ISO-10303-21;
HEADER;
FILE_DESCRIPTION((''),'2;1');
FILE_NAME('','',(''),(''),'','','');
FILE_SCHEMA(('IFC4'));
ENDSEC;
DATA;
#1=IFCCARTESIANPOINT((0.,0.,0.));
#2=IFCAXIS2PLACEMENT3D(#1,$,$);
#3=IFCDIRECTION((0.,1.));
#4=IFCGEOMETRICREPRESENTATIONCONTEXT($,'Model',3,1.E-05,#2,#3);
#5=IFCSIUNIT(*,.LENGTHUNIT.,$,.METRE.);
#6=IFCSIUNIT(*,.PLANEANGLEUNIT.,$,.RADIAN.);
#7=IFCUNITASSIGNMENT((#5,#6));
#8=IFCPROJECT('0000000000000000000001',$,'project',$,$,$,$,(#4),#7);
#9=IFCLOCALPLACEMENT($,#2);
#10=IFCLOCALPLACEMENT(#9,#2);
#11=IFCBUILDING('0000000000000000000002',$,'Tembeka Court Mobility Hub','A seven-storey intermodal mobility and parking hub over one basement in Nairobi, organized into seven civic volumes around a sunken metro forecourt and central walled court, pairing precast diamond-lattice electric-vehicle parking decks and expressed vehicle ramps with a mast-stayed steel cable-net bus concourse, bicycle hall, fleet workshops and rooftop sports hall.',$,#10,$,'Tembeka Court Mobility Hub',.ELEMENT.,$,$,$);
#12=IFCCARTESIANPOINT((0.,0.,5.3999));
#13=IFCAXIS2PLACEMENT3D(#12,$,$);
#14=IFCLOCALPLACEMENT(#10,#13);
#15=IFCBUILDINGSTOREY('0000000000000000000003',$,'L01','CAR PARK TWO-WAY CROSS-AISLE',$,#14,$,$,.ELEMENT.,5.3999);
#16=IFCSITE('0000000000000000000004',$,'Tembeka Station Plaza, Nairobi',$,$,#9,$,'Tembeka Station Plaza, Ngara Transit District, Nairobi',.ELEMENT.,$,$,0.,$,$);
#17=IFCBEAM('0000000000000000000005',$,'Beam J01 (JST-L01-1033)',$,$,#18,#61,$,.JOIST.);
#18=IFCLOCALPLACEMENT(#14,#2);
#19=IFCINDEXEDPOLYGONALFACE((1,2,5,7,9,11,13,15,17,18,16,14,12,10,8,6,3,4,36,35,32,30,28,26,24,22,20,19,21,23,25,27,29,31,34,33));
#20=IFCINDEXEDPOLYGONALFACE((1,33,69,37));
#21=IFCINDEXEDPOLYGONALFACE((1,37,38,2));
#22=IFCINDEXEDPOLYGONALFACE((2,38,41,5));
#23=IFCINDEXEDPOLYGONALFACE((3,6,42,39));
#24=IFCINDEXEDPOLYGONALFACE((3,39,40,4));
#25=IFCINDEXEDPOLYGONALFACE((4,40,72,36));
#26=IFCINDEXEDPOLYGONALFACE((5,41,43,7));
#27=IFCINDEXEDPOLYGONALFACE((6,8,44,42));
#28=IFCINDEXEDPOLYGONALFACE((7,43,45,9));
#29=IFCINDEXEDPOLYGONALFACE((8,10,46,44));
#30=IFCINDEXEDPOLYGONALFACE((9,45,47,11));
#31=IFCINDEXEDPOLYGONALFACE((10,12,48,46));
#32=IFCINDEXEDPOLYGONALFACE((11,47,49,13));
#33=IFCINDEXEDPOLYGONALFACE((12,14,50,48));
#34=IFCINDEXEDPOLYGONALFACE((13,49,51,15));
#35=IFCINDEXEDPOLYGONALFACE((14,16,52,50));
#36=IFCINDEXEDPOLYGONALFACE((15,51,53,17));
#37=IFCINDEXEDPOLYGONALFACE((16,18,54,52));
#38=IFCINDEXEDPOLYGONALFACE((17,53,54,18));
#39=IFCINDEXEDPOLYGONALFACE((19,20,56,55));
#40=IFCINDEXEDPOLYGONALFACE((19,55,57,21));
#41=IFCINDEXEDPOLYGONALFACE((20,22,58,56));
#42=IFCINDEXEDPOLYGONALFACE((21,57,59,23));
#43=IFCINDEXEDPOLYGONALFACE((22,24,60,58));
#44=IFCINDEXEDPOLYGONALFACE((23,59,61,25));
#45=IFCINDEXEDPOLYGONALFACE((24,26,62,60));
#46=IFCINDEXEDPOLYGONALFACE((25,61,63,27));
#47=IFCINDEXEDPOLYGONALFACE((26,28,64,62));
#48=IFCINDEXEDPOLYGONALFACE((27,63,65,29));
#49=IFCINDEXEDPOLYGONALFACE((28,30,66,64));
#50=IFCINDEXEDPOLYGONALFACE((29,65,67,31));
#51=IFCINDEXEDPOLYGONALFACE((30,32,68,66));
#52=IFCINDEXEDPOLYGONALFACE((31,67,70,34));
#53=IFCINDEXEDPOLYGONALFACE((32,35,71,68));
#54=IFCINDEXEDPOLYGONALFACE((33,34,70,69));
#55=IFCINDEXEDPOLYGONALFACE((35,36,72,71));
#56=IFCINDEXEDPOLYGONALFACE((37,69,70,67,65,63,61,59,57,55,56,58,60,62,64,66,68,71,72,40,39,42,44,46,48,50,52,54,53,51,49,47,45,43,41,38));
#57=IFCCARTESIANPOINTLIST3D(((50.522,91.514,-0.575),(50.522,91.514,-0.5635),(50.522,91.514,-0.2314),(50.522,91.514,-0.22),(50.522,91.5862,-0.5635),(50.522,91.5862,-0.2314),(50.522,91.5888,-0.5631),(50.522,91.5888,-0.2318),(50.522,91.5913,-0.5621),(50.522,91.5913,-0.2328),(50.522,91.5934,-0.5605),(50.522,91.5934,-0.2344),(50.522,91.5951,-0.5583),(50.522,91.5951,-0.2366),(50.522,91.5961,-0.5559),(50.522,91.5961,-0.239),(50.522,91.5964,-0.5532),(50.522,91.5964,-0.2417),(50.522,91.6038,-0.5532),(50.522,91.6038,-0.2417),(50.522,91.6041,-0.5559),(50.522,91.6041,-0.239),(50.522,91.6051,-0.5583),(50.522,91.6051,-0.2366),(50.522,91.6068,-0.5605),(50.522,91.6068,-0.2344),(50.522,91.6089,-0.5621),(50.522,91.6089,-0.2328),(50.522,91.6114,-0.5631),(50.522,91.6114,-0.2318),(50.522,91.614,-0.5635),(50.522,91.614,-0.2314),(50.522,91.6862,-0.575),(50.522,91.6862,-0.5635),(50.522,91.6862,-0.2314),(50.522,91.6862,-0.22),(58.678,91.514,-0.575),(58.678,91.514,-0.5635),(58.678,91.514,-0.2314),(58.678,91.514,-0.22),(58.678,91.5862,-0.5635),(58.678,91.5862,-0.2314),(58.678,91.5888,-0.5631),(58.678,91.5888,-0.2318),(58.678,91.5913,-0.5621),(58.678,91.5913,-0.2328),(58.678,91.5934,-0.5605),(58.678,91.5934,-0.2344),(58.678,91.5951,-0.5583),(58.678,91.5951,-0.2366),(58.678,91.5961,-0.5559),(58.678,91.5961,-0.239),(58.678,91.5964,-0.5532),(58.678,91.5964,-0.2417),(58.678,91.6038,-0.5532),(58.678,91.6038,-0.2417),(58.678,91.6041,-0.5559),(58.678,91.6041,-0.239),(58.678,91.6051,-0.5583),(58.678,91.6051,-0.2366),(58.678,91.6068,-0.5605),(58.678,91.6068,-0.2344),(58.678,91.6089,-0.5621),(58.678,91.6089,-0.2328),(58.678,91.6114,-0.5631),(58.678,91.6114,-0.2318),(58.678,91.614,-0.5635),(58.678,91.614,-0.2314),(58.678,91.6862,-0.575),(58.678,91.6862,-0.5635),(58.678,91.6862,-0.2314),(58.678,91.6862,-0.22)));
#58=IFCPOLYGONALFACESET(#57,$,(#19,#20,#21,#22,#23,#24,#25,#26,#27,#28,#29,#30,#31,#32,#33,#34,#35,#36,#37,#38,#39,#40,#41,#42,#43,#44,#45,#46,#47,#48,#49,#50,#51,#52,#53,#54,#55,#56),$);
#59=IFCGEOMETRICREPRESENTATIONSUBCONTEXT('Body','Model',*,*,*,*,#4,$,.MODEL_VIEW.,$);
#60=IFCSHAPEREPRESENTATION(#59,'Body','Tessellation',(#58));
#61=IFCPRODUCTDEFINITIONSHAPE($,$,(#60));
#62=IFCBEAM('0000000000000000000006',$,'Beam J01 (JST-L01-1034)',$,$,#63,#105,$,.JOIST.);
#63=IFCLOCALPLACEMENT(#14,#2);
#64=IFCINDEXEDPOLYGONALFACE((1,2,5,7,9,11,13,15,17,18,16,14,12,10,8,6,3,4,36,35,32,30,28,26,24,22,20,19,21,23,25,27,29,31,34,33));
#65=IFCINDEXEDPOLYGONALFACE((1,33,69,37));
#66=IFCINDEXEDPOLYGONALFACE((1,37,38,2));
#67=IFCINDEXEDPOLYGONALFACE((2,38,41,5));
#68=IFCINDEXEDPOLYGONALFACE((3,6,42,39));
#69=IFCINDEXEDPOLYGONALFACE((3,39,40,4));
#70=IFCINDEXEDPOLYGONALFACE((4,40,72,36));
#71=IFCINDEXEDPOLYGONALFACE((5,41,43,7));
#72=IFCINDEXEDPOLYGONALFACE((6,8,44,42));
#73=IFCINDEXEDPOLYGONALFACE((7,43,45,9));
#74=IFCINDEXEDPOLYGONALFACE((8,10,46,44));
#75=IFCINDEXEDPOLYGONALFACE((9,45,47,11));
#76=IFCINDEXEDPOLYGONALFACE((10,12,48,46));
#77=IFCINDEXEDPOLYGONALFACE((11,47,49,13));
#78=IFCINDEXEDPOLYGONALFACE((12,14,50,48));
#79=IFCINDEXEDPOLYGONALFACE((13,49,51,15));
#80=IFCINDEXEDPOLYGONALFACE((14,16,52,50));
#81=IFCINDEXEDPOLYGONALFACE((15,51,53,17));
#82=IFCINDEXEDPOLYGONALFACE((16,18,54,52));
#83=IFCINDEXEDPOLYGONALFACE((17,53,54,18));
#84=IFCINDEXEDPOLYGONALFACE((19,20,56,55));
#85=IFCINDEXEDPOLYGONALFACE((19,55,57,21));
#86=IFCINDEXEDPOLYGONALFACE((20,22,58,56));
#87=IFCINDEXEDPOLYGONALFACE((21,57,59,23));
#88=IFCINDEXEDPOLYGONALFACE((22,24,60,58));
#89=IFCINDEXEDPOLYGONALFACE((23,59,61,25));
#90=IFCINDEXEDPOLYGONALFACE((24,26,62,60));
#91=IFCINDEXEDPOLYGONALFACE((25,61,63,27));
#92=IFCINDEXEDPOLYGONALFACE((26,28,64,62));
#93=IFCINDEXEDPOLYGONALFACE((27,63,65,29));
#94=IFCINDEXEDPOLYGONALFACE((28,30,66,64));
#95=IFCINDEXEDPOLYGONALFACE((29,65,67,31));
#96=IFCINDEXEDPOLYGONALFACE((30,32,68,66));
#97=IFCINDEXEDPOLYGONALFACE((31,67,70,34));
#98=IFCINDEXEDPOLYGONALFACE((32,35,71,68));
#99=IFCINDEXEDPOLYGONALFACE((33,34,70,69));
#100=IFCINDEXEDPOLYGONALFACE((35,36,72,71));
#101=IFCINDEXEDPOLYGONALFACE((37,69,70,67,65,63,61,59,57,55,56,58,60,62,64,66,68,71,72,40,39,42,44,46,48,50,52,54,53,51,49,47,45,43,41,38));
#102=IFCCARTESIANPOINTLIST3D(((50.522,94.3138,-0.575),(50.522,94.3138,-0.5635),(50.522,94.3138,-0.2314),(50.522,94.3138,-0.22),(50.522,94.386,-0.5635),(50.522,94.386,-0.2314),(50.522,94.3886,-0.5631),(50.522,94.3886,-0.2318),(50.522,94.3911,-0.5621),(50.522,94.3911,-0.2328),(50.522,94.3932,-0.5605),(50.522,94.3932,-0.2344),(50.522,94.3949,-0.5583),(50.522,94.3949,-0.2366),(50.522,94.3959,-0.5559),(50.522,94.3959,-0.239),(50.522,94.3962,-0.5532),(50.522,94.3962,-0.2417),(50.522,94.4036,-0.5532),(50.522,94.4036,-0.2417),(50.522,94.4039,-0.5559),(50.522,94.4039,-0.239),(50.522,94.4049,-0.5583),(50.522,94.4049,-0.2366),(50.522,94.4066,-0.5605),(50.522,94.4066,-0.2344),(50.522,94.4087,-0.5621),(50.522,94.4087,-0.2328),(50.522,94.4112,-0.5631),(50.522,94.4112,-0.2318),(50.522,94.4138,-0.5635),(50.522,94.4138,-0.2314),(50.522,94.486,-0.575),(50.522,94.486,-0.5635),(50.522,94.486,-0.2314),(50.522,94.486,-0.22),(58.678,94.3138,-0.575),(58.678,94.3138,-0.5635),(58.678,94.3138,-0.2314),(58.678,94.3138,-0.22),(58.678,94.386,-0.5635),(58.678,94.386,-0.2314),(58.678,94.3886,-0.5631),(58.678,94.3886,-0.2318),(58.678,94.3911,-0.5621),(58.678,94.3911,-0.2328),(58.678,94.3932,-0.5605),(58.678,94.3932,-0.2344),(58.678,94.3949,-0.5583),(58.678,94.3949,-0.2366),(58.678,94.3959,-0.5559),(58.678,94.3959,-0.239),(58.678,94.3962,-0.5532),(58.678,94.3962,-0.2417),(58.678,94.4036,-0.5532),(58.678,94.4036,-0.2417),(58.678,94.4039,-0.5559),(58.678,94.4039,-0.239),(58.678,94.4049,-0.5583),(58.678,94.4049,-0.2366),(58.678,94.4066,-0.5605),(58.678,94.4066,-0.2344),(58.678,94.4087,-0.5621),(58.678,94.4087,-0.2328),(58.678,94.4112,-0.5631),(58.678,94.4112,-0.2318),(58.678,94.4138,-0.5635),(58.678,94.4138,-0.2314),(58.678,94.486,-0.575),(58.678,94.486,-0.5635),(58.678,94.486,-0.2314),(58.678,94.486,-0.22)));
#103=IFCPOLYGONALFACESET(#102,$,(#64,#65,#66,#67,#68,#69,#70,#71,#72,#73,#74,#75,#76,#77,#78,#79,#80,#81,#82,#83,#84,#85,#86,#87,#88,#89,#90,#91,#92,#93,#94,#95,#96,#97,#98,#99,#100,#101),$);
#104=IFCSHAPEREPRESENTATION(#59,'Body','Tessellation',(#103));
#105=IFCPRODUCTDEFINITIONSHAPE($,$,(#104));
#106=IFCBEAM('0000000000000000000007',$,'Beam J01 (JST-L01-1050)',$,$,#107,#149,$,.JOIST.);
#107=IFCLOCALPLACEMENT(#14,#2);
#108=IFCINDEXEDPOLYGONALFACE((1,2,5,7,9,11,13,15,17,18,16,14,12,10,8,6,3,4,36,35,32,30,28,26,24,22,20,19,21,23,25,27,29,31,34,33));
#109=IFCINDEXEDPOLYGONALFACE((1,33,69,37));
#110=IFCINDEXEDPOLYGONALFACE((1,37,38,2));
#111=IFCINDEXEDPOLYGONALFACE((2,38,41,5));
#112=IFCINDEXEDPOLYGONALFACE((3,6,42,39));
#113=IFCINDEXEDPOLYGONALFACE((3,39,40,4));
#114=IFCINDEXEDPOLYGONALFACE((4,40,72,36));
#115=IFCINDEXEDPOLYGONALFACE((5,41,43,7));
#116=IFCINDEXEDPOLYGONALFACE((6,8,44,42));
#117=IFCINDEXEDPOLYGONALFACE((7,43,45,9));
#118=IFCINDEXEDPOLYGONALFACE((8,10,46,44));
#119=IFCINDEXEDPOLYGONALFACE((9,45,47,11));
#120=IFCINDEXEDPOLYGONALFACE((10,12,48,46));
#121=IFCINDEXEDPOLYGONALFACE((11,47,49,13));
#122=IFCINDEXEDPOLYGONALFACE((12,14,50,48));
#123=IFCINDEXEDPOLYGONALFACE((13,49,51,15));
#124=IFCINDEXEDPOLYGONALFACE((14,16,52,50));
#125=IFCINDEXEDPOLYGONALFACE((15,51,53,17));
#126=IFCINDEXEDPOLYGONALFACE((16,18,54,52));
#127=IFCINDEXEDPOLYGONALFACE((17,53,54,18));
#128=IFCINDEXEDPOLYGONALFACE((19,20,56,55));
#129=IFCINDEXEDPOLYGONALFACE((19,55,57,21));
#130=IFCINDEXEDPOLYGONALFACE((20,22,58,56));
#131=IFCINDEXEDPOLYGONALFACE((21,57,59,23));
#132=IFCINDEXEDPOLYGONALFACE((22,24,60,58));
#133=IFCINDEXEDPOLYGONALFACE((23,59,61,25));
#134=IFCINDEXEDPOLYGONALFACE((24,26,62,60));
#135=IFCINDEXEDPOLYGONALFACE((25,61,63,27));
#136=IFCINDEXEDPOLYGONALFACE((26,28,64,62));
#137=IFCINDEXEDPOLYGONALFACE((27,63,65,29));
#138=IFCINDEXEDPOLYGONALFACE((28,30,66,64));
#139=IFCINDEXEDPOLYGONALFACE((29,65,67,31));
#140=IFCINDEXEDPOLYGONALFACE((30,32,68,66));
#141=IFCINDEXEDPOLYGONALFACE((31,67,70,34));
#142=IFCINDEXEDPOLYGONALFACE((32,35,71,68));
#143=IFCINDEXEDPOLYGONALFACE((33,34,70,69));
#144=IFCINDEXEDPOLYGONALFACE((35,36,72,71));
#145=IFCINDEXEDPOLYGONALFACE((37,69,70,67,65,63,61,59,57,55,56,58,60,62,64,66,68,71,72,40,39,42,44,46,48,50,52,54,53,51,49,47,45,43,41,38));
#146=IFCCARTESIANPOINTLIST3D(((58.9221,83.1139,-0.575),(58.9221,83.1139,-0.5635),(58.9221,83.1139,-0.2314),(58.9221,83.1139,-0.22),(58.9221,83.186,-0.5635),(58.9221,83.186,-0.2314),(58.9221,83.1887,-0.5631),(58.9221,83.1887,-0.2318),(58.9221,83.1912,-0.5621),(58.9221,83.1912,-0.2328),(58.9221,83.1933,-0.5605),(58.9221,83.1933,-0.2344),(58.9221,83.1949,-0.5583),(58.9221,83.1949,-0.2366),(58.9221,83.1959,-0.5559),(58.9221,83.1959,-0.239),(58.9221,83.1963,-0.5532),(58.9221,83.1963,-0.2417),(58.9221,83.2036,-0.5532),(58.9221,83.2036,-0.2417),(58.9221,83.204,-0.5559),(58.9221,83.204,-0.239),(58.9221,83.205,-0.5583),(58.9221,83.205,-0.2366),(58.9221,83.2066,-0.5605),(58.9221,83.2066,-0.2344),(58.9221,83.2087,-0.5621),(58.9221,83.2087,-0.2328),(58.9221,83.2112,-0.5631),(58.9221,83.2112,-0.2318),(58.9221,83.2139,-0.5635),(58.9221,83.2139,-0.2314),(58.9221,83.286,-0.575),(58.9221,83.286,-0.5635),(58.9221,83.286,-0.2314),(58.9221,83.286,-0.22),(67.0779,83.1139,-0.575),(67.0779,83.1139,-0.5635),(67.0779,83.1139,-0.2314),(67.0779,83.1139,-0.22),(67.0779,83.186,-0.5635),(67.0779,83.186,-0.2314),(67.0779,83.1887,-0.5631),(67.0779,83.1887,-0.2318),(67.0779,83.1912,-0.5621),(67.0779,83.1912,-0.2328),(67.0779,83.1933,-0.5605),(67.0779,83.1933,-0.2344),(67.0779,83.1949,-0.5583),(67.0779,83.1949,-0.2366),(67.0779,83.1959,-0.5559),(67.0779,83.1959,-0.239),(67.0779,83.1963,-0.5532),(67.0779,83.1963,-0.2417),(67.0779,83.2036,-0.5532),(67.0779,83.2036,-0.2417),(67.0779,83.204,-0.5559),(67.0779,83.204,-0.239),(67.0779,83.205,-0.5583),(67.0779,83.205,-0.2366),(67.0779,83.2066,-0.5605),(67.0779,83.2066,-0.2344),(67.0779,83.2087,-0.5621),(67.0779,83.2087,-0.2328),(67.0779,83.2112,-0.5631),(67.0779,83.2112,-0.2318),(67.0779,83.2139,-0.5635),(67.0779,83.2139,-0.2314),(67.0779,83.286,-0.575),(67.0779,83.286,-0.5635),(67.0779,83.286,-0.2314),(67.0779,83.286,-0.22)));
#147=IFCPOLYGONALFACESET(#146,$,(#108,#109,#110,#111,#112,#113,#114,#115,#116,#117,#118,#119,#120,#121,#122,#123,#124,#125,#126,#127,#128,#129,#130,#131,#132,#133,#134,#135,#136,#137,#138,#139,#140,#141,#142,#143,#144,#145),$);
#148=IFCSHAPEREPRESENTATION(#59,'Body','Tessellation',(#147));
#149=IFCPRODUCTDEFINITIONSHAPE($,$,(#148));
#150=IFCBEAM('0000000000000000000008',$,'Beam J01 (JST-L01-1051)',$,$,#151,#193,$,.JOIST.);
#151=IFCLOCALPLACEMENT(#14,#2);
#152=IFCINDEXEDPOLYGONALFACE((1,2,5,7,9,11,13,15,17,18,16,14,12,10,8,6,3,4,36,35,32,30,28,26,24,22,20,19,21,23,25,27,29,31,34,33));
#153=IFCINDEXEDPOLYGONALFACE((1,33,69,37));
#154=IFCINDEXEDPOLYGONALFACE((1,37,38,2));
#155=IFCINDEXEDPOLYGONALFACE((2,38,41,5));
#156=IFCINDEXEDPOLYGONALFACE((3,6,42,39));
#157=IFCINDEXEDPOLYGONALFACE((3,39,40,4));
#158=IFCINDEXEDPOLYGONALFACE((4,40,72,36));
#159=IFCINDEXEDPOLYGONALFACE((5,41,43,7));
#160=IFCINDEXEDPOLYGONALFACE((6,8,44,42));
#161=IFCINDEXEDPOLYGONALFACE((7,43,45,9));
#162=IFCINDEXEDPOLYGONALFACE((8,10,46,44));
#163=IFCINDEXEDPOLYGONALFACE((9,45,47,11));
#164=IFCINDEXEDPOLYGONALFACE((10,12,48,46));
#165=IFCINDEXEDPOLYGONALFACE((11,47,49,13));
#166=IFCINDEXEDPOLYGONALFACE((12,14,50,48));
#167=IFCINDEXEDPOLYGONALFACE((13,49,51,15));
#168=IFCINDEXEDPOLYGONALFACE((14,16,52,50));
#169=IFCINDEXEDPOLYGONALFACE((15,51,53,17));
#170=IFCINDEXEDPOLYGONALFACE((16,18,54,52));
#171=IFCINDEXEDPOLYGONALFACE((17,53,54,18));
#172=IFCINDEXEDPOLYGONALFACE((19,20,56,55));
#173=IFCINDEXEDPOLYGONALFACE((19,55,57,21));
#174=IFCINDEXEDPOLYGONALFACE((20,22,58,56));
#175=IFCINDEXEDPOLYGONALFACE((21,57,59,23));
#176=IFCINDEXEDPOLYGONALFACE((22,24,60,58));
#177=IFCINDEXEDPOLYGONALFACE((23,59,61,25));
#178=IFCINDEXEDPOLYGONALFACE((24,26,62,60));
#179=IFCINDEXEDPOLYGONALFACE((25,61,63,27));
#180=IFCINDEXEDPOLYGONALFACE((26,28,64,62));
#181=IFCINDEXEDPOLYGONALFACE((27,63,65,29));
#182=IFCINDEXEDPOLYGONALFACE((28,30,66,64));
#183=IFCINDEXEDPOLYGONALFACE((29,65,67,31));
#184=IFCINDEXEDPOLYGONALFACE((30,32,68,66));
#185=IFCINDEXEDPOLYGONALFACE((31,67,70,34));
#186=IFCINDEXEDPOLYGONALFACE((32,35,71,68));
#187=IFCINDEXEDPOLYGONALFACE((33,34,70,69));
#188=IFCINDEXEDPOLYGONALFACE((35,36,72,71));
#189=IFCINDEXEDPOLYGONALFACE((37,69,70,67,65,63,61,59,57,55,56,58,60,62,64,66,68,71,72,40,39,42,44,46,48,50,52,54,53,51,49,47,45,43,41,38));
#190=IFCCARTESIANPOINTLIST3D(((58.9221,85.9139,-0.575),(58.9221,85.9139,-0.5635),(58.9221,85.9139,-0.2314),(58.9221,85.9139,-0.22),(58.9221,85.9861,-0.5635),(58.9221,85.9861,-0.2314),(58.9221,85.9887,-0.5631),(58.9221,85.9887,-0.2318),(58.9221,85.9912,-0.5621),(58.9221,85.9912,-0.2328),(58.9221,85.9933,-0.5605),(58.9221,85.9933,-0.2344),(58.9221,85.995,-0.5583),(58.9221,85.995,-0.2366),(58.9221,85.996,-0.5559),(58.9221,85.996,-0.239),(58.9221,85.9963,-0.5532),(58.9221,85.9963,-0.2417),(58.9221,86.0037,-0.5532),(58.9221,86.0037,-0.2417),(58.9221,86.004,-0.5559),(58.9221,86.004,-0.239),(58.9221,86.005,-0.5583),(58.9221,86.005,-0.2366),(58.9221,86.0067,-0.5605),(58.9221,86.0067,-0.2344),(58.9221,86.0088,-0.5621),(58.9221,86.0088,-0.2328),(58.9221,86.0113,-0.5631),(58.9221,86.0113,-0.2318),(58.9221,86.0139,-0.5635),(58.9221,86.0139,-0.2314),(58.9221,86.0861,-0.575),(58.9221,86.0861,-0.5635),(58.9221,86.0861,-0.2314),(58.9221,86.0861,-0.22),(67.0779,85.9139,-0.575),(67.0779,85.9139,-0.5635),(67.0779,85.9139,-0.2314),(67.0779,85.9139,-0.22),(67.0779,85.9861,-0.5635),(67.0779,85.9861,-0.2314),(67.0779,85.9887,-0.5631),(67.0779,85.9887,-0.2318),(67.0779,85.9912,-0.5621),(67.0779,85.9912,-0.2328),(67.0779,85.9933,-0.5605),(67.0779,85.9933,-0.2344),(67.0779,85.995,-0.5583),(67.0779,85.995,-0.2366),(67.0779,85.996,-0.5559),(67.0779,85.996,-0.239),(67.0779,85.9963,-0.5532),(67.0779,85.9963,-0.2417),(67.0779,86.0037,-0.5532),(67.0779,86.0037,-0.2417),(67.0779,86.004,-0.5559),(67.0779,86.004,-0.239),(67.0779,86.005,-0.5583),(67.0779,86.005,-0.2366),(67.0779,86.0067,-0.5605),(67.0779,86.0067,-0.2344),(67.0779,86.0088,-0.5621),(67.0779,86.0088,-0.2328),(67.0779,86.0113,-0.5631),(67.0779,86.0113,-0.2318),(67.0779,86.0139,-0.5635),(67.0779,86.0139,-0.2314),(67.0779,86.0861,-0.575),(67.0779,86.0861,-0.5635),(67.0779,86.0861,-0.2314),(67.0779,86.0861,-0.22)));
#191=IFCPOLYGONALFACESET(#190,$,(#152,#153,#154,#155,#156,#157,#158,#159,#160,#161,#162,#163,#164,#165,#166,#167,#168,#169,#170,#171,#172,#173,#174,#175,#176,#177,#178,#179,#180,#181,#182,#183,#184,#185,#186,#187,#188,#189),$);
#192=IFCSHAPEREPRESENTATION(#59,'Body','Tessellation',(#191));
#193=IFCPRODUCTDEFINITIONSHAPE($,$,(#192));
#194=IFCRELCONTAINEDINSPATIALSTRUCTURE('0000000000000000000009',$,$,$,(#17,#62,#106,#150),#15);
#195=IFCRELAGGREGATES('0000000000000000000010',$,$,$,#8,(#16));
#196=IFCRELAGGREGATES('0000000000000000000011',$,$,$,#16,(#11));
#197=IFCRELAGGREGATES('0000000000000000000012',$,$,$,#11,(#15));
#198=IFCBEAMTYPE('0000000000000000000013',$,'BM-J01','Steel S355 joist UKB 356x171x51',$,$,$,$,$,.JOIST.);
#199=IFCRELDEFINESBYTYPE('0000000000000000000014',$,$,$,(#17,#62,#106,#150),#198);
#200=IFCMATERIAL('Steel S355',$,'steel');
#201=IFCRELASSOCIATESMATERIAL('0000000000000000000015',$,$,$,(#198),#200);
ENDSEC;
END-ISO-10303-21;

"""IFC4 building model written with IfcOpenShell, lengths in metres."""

from ifc_helpers import new_model, si_unit, direction, frame, origin, origin_2d, place, context, subcontext, project, spatial, i_section, extrude, material, material_profile, profile_set, type_object, element, save


model = new_model("IFC4")

# Units and contexts
model_context = context("Model", 3, precision=1e-05, world=origin(), true_north=direction((0.0, 1.0)))
body_context = subcontext(model_context, "Body", "Model", "MODEL_VIEW")
ifc_project = project(units=[si_unit("LENGTHUNIT", "METRE"), si_unit("PLANEANGLEUNIT", "RADIAN")], contexts=[model_context])

# Site, building, storey
site_placement = place(None, origin())
site = spatial("IfcSite", under=ifc_project, at=site_placement, Name="Tembeka Station Plaza, Nairobi", LongName="Tembeka Station Plaza, Ngara Transit District, Nairobi", CompositionType="ELEMENT", RefElevation=0.0)
building_placement = place(site_placement, origin())
building = spatial("IfcBuilding", under=site, at=building_placement, Name="Tembeka Court Mobility Hub", Description="A seven-storey intermodal mobility and parking hub over one basement in Nairobi, organized into seven civic volumes around a sunken metro forecourt and central walled court, pairing precast diamond-lattice electric-vehicle parking decks and expressed vehicle ramps with a mast-stayed steel cable-net bus concourse, bicycle hall, fleet workshops and rooftop sports hall.", LongName="Tembeka Court Mobility Hub", CompositionType="ELEMENT")
storey_placement = place(building_placement, frame((0.0, 0.0, 5.3999)))
storey = spatial("IfcBuildingStorey", under=building, at=storey_placement, Name="L01", Description="CAR PARK TWO-WAY CROSS-AISLE", CompositionType="ELEMENT", Elevation=5.3999)

# Shared definitions
ifc_material = material(Name="Steel S355", Category="steel")

# Beams
ifc_material_profile_1 = material_profile(ifc_material, i_section(OverallWidth=0.1721, OverallDepth=0.355, WebThickness=0.0073, FlangeThickness=0.0115, FilletRadius=0.0103, at=origin_2d()), Name="UKB 356x171x51")
ifc_profile_set_1 = profile_set([ifc_material_profile_1], Name="Steel S355")
beam_type_1 = type_object("IfcBeamType", Name="BM-J01", Description="Steel S355 joist UKB 356x171x51", PredefinedType="JOIST", material=ifc_profile_set_1)
for number, where, z_axis, x_axis, name in (
    (1, (50.522, 91.6001, -0.3975), (1.0, 0.0, 0.0), (0.0, 1.0, 0.0), "Beam J01 (JST-L01-1033)"),
    (2, (50.522, 94.3999, -0.3975), (1.0, 0.0, 0.0), (0.0, 1.0, 0.0), "Beam J01 (JST-L01-1034)"),
):
    element("IfcBeam", number, at=place(storey_placement, frame(where, z_axis=z_axis, x_axis=x_axis)), inside=storey, type_object=beam_type_1, Name=name, PredefinedType="JOIST", context=body_context, shape_type="SweptSolid", body=[
        extrude(i_section(OverallWidth=0.1721, OverallDepth=0.355, WebThickness=0.0073, FlangeThickness=0.0115, FilletRadius=0.0103, at=origin_2d()), origin(), (0.0, 0.0, 1.0), 8.156),
    ])
for number, where, z_axis, x_axis, name in (
    (3, (58.9221, 83.2, -0.3975), (1.0, 0.0, 0.0), (0.0, 1.0, 0.0), "Beam J01 (JST-L01-1050)"),
    (4, (58.9221, 86.0, -0.3975), (1.0, 0.0, 0.0), (0.0, 1.0, 0.0), "Beam J01 (JST-L01-1051)"),
):
    element("IfcBeam", number, at=place(storey_placement, frame(where, z_axis=z_axis, x_axis=x_axis)), inside=storey, type_object=beam_type_1, Name=name, PredefinedType="JOIST", context=body_context, shape_type="SweptSolid", body=[
        extrude(i_section(OverallWidth=0.1721, OverallDepth=0.355, WebThickness=0.0073, FlangeThickness=0.0115, FilletRadius=0.0103, at=origin_2d()), origin(), (0.0, 0.0, 1.0), 8.1558),
    ])

save(model, "model.ifc")
